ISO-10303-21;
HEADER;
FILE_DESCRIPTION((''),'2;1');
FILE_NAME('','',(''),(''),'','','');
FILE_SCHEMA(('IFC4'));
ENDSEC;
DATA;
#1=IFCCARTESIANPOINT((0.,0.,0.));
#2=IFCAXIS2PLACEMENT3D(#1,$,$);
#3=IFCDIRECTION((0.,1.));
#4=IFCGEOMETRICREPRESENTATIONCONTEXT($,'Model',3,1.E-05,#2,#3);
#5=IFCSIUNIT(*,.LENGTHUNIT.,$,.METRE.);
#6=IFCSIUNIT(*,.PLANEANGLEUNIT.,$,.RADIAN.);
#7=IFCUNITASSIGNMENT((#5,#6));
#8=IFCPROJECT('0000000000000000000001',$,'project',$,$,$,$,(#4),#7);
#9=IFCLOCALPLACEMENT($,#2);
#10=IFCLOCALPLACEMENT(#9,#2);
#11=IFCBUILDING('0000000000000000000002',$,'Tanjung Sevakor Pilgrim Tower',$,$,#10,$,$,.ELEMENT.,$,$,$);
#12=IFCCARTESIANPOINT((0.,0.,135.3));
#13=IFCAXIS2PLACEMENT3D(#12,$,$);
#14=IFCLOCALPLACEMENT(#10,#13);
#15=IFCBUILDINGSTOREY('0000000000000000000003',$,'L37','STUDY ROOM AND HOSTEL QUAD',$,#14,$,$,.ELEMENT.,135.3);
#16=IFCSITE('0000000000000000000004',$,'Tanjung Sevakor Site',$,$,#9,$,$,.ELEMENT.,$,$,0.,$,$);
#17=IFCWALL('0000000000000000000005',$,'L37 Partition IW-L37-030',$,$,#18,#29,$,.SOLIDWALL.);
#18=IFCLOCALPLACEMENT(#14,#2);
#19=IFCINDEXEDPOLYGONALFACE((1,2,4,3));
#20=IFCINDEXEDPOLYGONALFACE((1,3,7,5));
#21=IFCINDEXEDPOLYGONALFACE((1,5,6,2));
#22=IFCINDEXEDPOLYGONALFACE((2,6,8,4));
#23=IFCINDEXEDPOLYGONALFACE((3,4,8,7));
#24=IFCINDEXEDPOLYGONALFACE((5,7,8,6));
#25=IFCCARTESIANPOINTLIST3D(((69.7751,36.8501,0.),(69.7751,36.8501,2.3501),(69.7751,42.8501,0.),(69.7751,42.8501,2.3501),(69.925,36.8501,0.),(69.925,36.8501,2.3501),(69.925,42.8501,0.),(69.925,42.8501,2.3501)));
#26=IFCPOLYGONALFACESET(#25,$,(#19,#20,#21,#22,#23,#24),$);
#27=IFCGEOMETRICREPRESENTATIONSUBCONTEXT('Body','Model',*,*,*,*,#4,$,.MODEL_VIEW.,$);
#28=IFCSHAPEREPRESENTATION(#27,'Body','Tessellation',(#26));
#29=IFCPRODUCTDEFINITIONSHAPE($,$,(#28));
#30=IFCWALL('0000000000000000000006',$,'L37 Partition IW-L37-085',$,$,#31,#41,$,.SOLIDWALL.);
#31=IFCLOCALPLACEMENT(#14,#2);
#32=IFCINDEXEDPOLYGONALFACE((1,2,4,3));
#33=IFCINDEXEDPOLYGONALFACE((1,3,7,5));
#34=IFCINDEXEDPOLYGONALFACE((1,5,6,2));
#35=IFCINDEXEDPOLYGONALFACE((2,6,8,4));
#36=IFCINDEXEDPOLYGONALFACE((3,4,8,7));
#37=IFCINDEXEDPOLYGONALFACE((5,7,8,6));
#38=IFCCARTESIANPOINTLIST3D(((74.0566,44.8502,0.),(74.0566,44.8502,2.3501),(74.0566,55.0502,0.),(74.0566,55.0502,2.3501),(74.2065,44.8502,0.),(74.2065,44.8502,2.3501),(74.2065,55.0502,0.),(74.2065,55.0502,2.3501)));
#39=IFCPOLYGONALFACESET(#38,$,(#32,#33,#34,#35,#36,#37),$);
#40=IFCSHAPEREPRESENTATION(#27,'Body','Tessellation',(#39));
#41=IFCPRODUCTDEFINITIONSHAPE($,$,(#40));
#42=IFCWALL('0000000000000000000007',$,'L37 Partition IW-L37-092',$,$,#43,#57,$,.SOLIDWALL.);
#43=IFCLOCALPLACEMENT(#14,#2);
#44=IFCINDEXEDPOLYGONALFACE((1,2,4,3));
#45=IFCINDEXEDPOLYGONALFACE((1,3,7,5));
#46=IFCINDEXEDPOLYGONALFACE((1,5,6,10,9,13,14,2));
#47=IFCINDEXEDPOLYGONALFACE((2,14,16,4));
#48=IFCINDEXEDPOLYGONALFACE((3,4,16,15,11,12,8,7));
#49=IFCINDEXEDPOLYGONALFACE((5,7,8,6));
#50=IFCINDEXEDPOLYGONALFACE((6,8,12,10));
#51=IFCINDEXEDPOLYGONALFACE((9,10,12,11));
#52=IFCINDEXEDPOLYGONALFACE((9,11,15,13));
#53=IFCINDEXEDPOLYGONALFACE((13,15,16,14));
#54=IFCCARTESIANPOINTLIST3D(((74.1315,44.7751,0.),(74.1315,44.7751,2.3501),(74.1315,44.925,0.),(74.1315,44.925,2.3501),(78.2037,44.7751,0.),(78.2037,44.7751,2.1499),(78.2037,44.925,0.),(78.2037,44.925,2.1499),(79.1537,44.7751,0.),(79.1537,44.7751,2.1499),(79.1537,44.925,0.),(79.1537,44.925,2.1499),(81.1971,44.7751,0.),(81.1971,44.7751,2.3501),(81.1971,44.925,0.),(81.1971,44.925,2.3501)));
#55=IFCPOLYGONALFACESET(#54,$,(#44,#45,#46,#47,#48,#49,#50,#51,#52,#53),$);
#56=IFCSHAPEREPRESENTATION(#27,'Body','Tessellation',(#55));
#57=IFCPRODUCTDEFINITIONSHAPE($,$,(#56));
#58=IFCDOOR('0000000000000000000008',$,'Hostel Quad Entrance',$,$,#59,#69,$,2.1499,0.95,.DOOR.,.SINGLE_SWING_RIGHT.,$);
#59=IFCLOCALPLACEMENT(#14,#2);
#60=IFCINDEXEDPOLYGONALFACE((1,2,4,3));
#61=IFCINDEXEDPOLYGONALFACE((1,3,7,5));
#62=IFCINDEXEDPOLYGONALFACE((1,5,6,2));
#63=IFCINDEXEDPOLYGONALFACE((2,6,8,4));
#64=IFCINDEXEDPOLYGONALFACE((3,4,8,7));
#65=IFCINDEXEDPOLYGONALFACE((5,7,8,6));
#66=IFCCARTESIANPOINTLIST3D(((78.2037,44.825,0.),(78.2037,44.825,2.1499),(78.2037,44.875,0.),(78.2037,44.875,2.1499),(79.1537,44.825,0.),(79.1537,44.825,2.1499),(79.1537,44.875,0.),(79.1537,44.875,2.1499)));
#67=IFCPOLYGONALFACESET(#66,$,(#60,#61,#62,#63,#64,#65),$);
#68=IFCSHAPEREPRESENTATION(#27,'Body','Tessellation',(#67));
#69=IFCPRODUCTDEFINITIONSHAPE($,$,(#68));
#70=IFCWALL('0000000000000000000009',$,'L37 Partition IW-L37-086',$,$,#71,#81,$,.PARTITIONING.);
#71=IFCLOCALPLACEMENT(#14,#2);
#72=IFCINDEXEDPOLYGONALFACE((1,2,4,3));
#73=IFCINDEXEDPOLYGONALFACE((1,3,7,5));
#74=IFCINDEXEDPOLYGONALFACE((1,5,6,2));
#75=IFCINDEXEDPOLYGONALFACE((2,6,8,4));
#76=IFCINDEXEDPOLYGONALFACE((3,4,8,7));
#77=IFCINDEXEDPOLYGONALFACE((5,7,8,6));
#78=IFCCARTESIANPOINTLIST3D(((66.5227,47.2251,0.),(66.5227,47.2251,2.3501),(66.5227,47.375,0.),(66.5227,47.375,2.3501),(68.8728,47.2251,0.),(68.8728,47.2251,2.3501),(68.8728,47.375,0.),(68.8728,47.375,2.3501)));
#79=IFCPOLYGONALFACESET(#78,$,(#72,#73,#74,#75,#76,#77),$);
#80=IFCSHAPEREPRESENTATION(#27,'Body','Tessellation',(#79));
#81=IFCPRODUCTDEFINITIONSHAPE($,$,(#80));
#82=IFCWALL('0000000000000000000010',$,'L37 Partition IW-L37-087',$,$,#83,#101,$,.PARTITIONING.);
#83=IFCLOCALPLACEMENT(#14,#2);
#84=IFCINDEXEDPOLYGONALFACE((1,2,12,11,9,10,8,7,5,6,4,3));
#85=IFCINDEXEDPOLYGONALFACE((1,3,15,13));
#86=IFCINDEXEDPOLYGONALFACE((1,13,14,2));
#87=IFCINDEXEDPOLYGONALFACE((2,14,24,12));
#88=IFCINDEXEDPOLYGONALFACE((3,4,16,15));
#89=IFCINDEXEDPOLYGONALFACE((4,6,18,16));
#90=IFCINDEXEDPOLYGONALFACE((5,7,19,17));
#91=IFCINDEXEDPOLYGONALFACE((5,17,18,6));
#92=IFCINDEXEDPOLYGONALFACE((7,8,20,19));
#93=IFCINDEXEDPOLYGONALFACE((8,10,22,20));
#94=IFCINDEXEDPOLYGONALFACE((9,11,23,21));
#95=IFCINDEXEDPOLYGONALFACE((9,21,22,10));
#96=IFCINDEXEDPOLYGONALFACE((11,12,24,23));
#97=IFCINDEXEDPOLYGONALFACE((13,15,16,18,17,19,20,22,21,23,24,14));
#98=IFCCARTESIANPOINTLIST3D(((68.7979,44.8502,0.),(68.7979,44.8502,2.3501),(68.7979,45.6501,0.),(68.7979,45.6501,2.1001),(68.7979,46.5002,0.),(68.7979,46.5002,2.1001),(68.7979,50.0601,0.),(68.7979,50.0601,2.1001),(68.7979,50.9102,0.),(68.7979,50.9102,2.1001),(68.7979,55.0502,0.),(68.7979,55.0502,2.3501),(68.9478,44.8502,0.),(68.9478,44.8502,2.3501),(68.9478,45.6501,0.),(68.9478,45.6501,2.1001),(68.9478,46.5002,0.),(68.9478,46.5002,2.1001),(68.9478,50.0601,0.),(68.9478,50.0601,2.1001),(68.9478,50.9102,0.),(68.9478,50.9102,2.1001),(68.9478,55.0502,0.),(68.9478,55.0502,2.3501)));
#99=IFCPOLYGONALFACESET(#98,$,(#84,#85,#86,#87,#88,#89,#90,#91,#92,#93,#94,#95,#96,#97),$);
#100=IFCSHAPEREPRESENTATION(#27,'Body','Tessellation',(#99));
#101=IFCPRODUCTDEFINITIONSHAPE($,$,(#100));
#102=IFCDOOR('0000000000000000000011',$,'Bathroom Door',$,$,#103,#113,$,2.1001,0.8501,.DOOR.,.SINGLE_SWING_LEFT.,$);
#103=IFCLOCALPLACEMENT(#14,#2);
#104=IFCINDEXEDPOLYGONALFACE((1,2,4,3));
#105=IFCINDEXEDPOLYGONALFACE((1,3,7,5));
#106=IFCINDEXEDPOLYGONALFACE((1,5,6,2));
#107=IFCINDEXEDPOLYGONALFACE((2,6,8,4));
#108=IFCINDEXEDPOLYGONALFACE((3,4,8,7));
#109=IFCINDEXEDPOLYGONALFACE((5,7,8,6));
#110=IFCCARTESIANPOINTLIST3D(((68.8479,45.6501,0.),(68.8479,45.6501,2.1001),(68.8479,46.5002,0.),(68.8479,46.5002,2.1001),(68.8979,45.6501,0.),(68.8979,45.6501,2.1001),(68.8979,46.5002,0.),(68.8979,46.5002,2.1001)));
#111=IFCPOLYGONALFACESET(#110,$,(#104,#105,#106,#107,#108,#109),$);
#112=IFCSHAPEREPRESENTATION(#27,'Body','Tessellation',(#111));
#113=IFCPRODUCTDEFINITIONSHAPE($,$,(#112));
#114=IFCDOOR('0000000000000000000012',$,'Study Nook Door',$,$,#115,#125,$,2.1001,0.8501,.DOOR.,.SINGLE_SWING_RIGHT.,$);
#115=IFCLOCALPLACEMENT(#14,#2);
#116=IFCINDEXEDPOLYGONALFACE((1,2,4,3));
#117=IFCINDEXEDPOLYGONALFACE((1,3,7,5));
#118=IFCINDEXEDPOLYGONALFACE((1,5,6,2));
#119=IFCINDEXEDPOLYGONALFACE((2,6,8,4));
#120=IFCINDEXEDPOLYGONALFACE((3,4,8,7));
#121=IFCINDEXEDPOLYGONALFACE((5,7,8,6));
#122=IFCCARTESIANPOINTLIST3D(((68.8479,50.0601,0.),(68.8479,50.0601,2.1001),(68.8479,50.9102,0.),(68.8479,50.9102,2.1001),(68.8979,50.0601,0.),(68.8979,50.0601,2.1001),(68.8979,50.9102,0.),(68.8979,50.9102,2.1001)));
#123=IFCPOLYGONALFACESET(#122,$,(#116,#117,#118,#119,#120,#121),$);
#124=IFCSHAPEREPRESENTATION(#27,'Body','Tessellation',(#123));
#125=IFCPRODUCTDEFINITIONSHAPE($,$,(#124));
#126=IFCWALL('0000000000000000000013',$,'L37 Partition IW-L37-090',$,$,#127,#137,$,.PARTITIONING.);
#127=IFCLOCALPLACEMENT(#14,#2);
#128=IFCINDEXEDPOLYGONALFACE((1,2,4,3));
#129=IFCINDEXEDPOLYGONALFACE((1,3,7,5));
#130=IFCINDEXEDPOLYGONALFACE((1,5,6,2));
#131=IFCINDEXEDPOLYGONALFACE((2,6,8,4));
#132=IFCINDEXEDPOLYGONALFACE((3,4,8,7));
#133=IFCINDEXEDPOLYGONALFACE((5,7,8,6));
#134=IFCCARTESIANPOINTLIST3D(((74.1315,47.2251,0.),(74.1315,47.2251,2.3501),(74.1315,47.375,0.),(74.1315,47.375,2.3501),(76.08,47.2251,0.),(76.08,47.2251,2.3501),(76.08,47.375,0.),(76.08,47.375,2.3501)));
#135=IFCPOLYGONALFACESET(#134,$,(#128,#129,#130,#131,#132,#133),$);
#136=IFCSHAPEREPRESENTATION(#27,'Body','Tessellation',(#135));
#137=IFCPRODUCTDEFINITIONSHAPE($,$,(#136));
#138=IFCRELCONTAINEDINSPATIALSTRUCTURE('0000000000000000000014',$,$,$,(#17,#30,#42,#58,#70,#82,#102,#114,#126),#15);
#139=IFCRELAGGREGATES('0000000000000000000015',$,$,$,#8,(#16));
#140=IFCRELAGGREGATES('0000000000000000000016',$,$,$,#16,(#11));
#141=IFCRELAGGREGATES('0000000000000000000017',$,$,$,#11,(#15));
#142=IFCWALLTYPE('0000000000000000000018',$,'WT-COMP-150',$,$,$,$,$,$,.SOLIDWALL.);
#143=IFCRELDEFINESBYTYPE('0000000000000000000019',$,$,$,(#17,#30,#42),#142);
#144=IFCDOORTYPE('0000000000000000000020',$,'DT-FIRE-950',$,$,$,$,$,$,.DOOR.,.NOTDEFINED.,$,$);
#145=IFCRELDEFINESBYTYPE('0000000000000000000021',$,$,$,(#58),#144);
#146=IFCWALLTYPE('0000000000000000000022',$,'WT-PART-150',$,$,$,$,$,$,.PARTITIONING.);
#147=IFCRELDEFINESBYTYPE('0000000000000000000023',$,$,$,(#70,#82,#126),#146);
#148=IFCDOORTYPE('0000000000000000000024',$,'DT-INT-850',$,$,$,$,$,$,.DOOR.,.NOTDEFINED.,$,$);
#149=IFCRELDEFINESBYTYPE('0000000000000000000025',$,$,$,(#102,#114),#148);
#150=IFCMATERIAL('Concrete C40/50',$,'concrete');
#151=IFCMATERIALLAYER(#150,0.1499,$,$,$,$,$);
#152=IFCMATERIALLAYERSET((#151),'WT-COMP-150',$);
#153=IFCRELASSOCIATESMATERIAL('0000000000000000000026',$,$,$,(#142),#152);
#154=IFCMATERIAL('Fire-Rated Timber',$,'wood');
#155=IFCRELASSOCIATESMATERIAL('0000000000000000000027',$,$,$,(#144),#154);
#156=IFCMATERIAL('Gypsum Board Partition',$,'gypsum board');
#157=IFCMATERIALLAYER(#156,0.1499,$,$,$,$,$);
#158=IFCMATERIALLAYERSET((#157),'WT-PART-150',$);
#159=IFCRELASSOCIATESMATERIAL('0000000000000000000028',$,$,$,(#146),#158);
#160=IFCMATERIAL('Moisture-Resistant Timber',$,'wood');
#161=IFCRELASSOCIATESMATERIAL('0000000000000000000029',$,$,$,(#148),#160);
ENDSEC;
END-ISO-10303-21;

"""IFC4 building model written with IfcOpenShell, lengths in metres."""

from ifc_helpers import new_model, si_unit, direction, frame, frame_2d, origin, place, context, subcontext, project, spatial, rectangle, extrude, material, layer, layer_set, type_object, element, fill, save


model = new_model("IFC4")

# Units and contexts
model_context = context("Model", 3, precision=1e-05, world=origin(), true_north=direction((0.0, 1.0)))
body_context = subcontext(model_context, "Body", "Model", "MODEL_VIEW")
ifc_project = project(units=[si_unit("LENGTHUNIT", "METRE"), si_unit("PLANEANGLEUNIT", "RADIAN")], contexts=[model_context])

# Site, building, storey
site_placement = place(None, origin())
site = spatial("IfcSite", under=ifc_project, at=site_placement, Name="Tanjung Sevakor Site", CompositionType="ELEMENT", RefElevation=0.0)
building_placement = place(site_placement, origin())
building = spatial("IfcBuilding", under=site, at=building_placement, Name="Tanjung Sevakor Pilgrim Tower", CompositionType="ELEMENT")
storey_placement = place(building_placement, frame((0.0, 0.0, 135.3)))
storey = spatial("IfcBuildingStorey", under=building, at=storey_placement, Name="L37", Description="STUDY ROOM AND HOSTEL QUAD", CompositionType="ELEMENT", Elevation=135.3)

# Shared definitions
ifc_material_1 = material(Name="Concrete C40/50", Category="concrete")
ifc_layer_1 = layer(ifc_material_1, 0.1499)
ifc_layer_set_1 = layer_set([ifc_layer_1], Name="WT-COMP-150")
wall_type_1 = type_object("IfcWallType", Name="WT-COMP-150", PredefinedType="SOLIDWALL", material=ifc_layer_set_1)

# Walls
wall_1_placement = place(storey_placement, frame((69.8501, 36.8501, 0.0), z_axis=(0.0, 0.0, 1.0), x_axis=(0.0, 1.0, 0.0)))
element("IfcWall", 1, at=wall_1_placement, inside=storey, type_object=wall_type_1, Name="L37 Partition IW-L37-030", PredefinedType="SOLIDWALL", context=body_context, shape_type="SweptSolid", body=[
    extrude(rectangle(XDim=6.0, YDim=0.1499, at=frame_2d((3.0, 0.0))), origin(), (0.0, 0.0, 1.0), 2.3501),
])
wall_2_placement = place(storey_placement, frame((74.1316, 44.8501, 0.0), z_axis=(0.0, 0.0, 1.0), x_axis=(0.0, 1.0, 0.0)))
element("IfcWall", 2, at=wall_2_placement, inside=storey, type_object=wall_type_1, Name="L37 Partition IW-L37-085", PredefinedType="SOLIDWALL", context=body_context, shape_type="SweptSolid", body=[
    extrude(rectangle(XDim=10.2, YDim=0.1499, at=frame_2d((5.1001, 0.0))), origin(), (0.0, 0.0, 1.0), 2.3501),
])

# Wall, opening, door
wall_3_placement = place(storey_placement, frame((74.1316, 44.8501, 0.0), z_axis=(0.0, 0.0, 1.0), x_axis=(1.0, 0.0, 0.0)))
wall_3 = element("IfcWall", 3, at=wall_3_placement, inside=storey, type_object=wall_type_1, Name="L37 Partition IW-L37-092", PredefinedType="SOLIDWALL", context=body_context, shape_type="SweptSolid", body=[
    extrude(rectangle(XDim=7.0657, YDim=0.1499, at=frame_2d((3.5327, 0.0))), origin(), (0.0, 0.0, 1.0), 2.3501),
])
opening_1_placement = place(wall_3_placement, frame((4.072, 0.0, 0.0)))
opening_1 = element("IfcOpeningElement", 4, at=opening_1_placement, cuts=wall_3, PredefinedType="OPENING", context=body_context, shape_type="SweptSolid", body=[
    extrude(rectangle(XDim=0.95, YDim=2.1499, at=frame_2d((0.4751, 1.075))), frame((0.0, 0.085, 0.0), z_axis=(0.0, -1.0, 0.0), x_axis=(1.0, 0.0, 0.0)), (0.0, 0.0, 1.0), 0.1699),
])
ifc_material_2 = material(Name="Fire-Rated Timber", Category="wood")
door_type_1 = type_object("IfcDoorType", Name="DT-FIRE-950", OperationType="NOTDEFINED", PredefinedType="DOOR", material=ifc_material_2)
door_1_placement = place(opening_1_placement, origin())
door_1 = element("IfcDoor", 5, at=door_1_placement, inside=storey, type_object=door_type_1, Name="Hostel Quad Entrance", OperationType="SINGLE_SWING_RIGHT", OverallHeight=2.1499, OverallWidth=0.95, PredefinedType="DOOR", context=body_context, shape_type="SweptSolid", body=[
    extrude(rectangle(XDim=0.95, YDim=2.1499, at=frame_2d((0.4751, 1.075))), frame((0.0, 0.0249, 0.0), z_axis=(0.0, -1.0, 0.0), x_axis=(1.0, 0.0, 0.0)), (0.0, 0.0, 1.0), 0.05),
])
fill(opening_1, door_1)

# Wall
ifc_material_3 = material(Name="Gypsum Board Partition", Category="gypsum board")
ifc_layer_2 = layer(ifc_material_3, 0.1499)
ifc_layer_set_2 = layer_set([ifc_layer_2], Name="WT-PART-150")
wall_type_2 = type_object("IfcWallType", Name="WT-PART-150", PredefinedType="PARTITIONING", material=ifc_layer_set_2)
wall_4_placement = place(storey_placement, frame((66.5227, 47.3, 0.0), z_axis=(0.0, 0.0, 1.0), x_axis=(1.0, 0.0, 0.0)))
element("IfcWall", 6, at=wall_4_placement, inside=storey, type_object=wall_type_2, Name="L37 Partition IW-L37-086", PredefinedType="PARTITIONING", context=body_context, shape_type="SweptSolid", body=[
    extrude(rectangle(XDim=2.3501, YDim=0.1499, at=frame_2d((1.175, 0.0))), origin(), (0.0, 0.0, 1.0), 2.3501),
])

# Wall, openings, doors
wall_5_placement = place(storey_placement, frame((68.8728, 44.8501, 0.0), z_axis=(0.0, 0.0, 1.0), x_axis=(0.0, 1.0, 0.0)))
wall_5 = element("IfcWall", 7, at=wall_5_placement, inside=storey, type_object=wall_type_2, Name="L37 Partition IW-L37-087", PredefinedType="PARTITIONING", context=body_context, shape_type="SweptSolid", body=[
    extrude(rectangle(XDim=10.2, YDim=0.1499, at=frame_2d((5.1001, 0.0))), origin(), (0.0, 0.0, 1.0), 2.3501),
])
opening_2_placement = place(wall_5_placement, frame((0.8, 0.0, 0.0)))
opening_2 = element("IfcOpeningElement", 8, at=opening_2_placement, cuts=wall_5, PredefinedType="OPENING", context=body_context, shape_type="SweptSolid", body=[
    extrude(rectangle(XDim=0.8501, YDim=2.1001, at=frame_2d((0.425, 1.05))), frame((0.0, 0.085, 0.0), z_axis=(0.0, -1.0, 0.0), x_axis=(1.0, 0.0, 0.0)), (0.0, 0.0, 1.0), 0.1699),
])
opening_3_placement = place(wall_5_placement, frame((5.21, 0.0, 0.0)))
opening_3 = element("IfcOpeningElement", 9, at=opening_3_placement, cuts=wall_5, PredefinedType="OPENING", context=body_context, shape_type="SweptSolid", body=[
    extrude(rectangle(XDim=0.8501, YDim=2.1001, at=frame_2d((0.425, 1.05))), frame((0.0, 0.085, 0.0), z_axis=(0.0, -1.0, 0.0), x_axis=(1.0, 0.0, 0.0)), (0.0, 0.0, 1.0), 0.1699),
])
ifc_material_4 = material(Name="Moisture-Resistant Timber", Category="wood")
door_type_2 = type_object("IfcDoorType", Name="DT-INT-850", OperationType="NOTDEFINED", PredefinedType="DOOR", material=ifc_material_4)
door_2_placement = place(opening_2_placement, origin())
door_2 = element("IfcDoor", 10, at=door_2_placement, inside=storey, type_object=door_type_2, Name="Bathroom Door", OperationType="SINGLE_SWING_LEFT", OverallHeight=2.1001, OverallWidth=0.8501, PredefinedType="DOOR", context=body_context, shape_type="SweptSolid", body=[
    extrude(rectangle(XDim=0.8501, YDim=2.1001, at=frame_2d((0.425, 1.05))), frame((0.0, 0.0249, 0.0), z_axis=(0.0, -1.0, 0.0), x_axis=(1.0, 0.0, 0.0)), (0.0, 0.0, 1.0), 0.05),
])
fill(opening_2, door_2)
door_3_placement = place(opening_3_placement, origin())
door_3 = element("IfcDoor", 11, at=door_3_placement, inside=storey, type_object=door_type_2, Name="Study Nook Door", OperationType="SINGLE_SWING_RIGHT", OverallHeight=2.1001, OverallWidth=0.8501, PredefinedType="DOOR", context=body_context, shape_type="SweptSolid", body=[
    extrude(rectangle(XDim=0.8501, YDim=2.1001, at=frame_2d((0.425, 1.05))), frame((0.0, 0.0249, 0.0), z_axis=(0.0, -1.0, 0.0), x_axis=(1.0, 0.0, 0.0)), (0.0, 0.0, 1.0), 0.05),
])
fill(opening_3, door_3)

# Wall
wall_6_placement = place(storey_placement, frame((74.1316, 47.3, 0.0), z_axis=(0.0, 0.0, 1.0), x_axis=(1.0, 0.0, 0.0)))
element("IfcWall", 12, at=wall_6_placement, inside=storey, type_object=wall_type_2, Name="L37 Partition IW-L37-090", PredefinedType="PARTITIONING", context=body_context, shape_type="SweptSolid", body=[
    extrude(rectangle(XDim=1.9485, YDim=0.1499, at=frame_2d((0.9741, 0.0))), origin(), (0.0, 0.0, 1.0), 2.3501),
])

save(model, "model.ifc")
